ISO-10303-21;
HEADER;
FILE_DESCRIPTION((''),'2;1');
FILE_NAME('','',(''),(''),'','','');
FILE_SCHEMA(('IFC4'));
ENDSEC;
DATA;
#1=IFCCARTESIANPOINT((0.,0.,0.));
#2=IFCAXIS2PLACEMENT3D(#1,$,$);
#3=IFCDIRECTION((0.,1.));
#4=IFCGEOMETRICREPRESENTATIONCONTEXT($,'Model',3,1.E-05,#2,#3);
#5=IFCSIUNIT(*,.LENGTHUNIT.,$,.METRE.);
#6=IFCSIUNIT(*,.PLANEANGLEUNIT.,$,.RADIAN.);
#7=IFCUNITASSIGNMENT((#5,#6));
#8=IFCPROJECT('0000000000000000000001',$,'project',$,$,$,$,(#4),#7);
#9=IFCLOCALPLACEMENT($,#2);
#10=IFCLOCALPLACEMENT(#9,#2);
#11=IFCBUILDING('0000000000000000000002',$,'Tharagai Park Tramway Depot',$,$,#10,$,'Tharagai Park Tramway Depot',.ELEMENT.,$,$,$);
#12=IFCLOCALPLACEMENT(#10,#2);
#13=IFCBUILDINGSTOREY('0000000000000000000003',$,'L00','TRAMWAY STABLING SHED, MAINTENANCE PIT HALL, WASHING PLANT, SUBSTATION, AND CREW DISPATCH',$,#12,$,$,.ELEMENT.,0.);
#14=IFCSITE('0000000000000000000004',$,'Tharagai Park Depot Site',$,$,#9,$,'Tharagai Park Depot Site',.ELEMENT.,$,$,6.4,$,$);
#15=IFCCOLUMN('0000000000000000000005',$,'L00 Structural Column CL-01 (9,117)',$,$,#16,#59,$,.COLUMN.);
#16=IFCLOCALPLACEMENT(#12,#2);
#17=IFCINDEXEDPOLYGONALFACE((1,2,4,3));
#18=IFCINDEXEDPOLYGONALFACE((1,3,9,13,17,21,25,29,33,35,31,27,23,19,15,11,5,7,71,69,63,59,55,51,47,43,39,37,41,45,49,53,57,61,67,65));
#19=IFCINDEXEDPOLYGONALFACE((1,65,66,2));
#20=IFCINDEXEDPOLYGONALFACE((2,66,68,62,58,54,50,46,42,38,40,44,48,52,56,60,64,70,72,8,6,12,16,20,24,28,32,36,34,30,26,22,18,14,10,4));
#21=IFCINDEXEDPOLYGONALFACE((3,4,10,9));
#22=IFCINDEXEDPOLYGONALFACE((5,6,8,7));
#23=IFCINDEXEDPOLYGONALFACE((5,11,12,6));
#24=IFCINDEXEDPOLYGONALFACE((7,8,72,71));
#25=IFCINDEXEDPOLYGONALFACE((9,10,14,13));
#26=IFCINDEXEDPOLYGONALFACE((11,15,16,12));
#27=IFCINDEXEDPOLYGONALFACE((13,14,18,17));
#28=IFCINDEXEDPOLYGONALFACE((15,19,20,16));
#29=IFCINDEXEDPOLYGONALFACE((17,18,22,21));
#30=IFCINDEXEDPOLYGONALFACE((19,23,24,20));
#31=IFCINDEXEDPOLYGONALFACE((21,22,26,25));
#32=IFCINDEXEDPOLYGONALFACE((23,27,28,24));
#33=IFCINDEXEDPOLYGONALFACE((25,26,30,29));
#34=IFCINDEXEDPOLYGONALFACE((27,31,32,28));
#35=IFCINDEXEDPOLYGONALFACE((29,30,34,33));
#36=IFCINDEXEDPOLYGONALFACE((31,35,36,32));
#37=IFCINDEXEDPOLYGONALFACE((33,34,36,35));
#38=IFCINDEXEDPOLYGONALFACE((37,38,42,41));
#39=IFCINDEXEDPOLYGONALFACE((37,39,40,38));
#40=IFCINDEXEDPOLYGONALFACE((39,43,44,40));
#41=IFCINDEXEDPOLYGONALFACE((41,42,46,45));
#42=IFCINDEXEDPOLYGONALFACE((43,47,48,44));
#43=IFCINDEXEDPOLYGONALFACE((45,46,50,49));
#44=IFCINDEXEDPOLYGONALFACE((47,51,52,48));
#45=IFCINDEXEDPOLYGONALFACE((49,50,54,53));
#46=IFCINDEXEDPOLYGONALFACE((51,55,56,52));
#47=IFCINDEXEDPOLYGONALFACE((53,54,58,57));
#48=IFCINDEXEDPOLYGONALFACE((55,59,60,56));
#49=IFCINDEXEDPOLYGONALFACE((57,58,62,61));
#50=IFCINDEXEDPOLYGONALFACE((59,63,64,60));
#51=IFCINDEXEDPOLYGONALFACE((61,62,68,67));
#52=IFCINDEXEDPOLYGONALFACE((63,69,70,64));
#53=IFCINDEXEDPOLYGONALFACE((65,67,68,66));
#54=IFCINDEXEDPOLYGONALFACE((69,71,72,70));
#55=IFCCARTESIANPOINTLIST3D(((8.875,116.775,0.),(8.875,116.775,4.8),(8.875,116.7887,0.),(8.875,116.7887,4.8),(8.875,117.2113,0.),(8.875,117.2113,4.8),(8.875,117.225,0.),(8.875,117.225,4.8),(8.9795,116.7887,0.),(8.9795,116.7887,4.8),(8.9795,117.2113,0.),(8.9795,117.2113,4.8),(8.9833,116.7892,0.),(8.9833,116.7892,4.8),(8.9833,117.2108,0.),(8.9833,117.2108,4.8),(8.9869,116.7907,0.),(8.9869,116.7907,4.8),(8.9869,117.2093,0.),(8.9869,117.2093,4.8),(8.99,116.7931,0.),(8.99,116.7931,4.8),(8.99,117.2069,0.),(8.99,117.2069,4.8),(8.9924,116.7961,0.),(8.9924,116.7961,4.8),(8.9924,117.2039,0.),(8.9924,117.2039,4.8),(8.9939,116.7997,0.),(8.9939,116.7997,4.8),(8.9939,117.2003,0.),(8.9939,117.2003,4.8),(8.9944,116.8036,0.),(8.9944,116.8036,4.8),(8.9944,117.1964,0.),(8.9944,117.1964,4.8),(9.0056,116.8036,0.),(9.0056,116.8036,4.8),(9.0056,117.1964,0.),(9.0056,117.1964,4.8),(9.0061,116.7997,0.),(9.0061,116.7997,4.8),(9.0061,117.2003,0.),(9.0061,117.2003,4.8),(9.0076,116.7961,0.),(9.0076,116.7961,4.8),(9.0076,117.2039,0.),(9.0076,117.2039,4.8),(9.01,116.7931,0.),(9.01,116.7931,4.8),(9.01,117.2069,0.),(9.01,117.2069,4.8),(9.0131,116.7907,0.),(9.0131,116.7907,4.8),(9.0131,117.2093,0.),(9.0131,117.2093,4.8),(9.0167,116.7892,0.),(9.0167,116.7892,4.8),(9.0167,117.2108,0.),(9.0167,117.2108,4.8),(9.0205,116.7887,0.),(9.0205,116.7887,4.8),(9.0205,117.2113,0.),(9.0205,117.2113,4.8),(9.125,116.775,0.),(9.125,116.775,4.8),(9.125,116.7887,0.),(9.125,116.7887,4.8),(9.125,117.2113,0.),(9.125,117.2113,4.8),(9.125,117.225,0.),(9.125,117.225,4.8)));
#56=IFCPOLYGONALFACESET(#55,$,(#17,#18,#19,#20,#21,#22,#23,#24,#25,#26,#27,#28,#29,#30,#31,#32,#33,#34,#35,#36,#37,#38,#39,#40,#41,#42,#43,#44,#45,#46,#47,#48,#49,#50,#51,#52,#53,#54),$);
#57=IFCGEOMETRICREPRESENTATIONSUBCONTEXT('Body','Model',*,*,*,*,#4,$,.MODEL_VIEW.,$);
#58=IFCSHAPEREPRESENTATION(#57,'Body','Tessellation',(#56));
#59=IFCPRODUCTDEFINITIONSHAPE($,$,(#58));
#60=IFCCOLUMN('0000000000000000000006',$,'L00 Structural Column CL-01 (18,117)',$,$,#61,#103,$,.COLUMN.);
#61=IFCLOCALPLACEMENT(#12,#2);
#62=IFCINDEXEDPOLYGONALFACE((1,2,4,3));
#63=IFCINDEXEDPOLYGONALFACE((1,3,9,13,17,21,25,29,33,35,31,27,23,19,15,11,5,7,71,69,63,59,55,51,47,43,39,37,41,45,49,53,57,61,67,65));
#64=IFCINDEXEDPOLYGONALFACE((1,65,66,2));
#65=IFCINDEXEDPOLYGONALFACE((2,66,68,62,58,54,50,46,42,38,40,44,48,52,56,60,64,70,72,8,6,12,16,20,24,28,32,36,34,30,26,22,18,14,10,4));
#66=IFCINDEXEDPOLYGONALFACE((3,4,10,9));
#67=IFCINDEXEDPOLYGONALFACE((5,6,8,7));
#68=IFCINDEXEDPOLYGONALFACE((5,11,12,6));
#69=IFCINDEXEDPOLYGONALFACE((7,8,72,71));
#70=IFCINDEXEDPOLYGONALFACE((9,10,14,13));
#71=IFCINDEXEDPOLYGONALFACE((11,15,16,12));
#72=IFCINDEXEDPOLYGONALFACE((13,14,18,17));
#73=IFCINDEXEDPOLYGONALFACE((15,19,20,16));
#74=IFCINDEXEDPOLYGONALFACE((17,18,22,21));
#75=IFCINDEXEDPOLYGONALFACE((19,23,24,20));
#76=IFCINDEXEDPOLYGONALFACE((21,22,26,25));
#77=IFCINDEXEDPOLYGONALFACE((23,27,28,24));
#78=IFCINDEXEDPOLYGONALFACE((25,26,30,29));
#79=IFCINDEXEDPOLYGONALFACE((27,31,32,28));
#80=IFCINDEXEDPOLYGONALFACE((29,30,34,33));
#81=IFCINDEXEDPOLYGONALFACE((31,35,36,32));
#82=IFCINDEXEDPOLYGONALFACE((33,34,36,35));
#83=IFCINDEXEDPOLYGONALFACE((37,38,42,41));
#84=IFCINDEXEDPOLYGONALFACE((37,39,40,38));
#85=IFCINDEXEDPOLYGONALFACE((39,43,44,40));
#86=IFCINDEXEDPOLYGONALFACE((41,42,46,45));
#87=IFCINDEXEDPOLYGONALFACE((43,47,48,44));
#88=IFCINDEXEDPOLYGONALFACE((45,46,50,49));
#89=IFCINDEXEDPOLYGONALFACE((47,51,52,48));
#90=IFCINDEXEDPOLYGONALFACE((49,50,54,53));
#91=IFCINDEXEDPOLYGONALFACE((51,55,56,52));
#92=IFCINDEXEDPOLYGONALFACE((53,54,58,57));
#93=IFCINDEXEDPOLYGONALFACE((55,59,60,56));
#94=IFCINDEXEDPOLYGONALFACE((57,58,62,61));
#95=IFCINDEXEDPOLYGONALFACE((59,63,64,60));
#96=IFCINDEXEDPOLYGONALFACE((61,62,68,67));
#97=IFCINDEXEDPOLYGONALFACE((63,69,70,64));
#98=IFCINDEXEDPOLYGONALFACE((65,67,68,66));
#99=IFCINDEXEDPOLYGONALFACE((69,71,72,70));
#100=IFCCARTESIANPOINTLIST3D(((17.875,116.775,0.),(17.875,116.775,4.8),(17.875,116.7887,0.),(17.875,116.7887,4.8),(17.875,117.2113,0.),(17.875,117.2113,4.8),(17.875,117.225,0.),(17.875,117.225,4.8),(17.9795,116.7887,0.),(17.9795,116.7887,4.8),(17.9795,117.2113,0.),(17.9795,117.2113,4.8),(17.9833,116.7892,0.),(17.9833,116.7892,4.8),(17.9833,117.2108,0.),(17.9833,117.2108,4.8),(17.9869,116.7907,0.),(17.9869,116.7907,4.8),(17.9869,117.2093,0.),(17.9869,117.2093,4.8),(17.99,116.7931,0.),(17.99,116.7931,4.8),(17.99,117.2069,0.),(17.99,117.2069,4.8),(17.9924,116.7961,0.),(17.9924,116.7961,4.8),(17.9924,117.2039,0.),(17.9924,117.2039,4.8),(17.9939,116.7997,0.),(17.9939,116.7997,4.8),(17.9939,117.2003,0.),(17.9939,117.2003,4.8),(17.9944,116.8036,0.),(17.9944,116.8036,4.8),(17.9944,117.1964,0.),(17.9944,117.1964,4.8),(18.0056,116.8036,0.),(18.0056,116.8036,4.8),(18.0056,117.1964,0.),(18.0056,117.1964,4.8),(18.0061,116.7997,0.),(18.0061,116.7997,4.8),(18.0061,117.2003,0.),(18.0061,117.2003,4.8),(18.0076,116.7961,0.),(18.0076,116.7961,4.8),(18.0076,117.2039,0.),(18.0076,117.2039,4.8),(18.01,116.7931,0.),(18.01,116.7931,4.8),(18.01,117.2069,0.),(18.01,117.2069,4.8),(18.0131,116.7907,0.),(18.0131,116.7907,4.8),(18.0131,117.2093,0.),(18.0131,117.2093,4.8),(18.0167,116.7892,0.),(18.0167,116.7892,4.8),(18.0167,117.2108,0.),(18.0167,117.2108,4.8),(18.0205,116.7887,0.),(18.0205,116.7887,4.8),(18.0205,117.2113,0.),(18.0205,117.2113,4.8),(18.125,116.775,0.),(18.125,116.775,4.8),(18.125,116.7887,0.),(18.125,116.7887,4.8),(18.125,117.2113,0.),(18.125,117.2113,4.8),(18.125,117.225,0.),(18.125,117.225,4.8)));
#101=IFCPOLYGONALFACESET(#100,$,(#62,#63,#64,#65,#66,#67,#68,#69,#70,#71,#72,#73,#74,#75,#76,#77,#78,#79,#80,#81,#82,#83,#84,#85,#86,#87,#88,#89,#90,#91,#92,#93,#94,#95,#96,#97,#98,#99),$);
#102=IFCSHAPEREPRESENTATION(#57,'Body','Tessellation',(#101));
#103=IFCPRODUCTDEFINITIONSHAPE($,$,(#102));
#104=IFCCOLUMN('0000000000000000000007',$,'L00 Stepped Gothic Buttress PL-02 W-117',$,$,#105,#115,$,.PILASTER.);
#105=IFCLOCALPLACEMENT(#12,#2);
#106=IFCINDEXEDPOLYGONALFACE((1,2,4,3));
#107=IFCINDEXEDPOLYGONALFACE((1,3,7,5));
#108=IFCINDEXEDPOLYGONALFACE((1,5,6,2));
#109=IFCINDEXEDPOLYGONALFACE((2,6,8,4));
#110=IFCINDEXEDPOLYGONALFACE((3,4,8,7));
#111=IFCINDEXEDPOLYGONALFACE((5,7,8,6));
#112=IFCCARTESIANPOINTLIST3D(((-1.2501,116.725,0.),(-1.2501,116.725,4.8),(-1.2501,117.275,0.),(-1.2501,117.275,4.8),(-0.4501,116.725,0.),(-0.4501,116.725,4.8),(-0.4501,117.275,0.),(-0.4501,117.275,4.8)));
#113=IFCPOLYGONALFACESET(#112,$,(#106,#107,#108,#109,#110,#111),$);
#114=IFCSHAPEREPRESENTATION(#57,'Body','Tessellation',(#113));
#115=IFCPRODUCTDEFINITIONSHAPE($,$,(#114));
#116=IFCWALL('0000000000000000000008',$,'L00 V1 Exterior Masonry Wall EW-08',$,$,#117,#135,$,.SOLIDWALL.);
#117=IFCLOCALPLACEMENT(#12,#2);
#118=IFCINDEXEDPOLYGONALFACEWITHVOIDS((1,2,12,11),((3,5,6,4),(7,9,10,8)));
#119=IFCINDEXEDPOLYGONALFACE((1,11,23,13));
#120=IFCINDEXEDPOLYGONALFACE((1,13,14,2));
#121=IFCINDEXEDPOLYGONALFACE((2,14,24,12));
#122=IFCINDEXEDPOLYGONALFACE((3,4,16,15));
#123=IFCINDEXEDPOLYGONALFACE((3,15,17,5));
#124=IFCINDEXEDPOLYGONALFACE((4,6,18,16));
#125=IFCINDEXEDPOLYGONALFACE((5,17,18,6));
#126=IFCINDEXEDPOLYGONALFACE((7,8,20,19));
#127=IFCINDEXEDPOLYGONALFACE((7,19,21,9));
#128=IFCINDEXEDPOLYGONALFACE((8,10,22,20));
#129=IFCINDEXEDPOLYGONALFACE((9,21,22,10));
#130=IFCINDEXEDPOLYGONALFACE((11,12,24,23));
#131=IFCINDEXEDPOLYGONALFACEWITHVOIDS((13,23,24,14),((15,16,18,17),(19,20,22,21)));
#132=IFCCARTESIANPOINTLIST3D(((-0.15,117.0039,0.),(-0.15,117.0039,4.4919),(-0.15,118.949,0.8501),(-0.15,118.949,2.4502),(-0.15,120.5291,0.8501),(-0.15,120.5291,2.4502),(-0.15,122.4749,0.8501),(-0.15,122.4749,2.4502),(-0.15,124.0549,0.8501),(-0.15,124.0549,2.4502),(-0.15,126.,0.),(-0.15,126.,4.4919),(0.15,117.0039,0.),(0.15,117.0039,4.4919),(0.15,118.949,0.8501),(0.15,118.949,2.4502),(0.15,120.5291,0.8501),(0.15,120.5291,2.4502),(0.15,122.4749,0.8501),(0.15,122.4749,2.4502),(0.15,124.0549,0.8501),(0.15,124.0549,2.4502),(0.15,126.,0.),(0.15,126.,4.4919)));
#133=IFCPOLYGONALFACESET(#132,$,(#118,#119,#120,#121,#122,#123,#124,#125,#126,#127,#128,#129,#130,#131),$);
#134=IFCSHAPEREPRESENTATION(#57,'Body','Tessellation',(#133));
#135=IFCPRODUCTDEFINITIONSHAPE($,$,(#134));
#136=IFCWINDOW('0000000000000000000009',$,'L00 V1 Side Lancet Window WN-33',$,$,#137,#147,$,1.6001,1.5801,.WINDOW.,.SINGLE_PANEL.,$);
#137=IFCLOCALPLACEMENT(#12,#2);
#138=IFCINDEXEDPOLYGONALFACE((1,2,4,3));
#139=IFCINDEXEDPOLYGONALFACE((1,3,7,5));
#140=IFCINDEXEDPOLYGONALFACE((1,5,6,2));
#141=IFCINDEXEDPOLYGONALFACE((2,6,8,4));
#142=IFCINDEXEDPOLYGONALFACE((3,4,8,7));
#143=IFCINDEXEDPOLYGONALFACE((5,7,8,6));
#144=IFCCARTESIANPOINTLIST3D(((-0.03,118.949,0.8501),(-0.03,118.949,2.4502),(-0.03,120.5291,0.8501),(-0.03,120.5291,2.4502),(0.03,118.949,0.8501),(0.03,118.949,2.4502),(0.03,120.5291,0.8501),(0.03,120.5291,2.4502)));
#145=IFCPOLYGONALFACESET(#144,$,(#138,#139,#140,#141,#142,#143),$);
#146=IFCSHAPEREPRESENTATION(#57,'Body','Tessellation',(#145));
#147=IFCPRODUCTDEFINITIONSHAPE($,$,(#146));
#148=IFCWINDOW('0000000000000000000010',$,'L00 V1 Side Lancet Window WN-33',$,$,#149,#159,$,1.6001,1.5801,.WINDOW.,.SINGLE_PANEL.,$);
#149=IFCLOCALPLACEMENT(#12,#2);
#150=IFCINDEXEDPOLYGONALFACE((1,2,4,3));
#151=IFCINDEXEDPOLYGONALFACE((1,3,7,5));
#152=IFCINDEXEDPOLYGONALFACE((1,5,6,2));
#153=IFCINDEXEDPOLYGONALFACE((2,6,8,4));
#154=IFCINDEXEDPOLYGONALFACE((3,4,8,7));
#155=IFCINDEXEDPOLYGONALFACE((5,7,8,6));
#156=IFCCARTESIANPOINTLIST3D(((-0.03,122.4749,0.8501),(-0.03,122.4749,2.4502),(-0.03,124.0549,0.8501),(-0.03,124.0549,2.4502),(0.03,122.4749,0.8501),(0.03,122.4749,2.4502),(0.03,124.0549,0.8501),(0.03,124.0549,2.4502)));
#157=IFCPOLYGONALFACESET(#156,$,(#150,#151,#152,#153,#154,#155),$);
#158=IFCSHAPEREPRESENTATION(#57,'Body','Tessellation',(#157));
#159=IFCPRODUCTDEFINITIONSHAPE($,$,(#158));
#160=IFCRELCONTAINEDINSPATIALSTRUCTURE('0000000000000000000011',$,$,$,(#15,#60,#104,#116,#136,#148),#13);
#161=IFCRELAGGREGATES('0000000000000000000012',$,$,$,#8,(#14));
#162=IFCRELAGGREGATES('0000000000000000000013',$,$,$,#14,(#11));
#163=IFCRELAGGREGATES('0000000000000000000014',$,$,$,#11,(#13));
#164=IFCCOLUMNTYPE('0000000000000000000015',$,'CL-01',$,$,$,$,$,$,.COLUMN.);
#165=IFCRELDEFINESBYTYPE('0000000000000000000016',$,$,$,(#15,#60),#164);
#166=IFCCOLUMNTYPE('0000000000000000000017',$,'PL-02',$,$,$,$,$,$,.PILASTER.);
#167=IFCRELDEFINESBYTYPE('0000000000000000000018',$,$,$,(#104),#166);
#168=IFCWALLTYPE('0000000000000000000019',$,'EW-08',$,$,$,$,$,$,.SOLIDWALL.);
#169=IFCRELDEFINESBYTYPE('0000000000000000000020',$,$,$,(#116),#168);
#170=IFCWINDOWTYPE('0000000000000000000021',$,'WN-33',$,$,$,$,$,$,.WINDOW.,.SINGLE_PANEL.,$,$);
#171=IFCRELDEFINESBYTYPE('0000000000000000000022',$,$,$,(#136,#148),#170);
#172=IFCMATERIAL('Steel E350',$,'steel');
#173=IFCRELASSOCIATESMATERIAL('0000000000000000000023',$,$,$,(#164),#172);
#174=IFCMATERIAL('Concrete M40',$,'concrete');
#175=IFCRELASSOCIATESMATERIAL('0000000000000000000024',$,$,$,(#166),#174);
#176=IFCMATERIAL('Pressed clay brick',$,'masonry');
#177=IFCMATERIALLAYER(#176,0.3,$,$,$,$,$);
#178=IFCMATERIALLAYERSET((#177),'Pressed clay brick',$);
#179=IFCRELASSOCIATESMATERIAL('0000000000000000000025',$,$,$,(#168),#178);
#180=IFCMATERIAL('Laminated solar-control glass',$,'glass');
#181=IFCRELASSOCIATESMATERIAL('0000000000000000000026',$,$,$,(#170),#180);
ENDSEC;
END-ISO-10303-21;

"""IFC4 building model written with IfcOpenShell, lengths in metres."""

from ifc_helpers import new_model, si_unit, direction, frame, frame_2d, origin, origin_2d, place, context, subcontext, project, spatial, rectangle, i_section, extrude, material, layer, layer_set, material_profile, profile_set, type_object, element, fill, save


model = new_model("IFC4")

# Units and contexts
model_context = context("Model", 3, precision=1e-05, world=origin(), true_north=direction((0.0, 1.0)))
body_context = subcontext(model_context, "Body", "Model", "MODEL_VIEW")
ifc_project = project(units=[si_unit("LENGTHUNIT", "METRE"), si_unit("PLANEANGLEUNIT", "RADIAN")], contexts=[model_context])

# Site, building, storey
site_placement = place(None, origin())
site = spatial("IfcSite", under=ifc_project, at=site_placement, Name="Tharagai Park Depot Site", LongName="Tharagai Park Depot Site", CompositionType="ELEMENT", RefElevation=6.4)
building_placement = place(site_placement, origin())
building = spatial("IfcBuilding", under=site, at=building_placement, Name="Tharagai Park Tramway Depot", LongName="Tharagai Park Tramway Depot", CompositionType="ELEMENT")
storey_placement = place(building_placement, origin())
storey = spatial("IfcBuildingStorey", under=building, at=storey_placement, Name="L00", Description="TRAMWAY STABLING SHED, MAINTENANCE PIT HALL, WASHING PLANT, SUBSTATION, AND CREW DISPATCH", CompositionType="ELEMENT", Elevation=0.0)

# Shared definitions
ifc_material_1 = material(Name="Concrete M40", Category="concrete")

# Columns
ifc_material_2 = material(Name="Steel E350", Category="steel")
ifc_material_profile_1 = material_profile(ifc_material_2, i_section(OverallWidth=0.25, OverallDepth=0.45, WebThickness=0.0112, FlangeThickness=0.0137, FilletRadius=0.0149, at=origin_2d()), Name="ISHB 450")
ifc_profile_set_1 = profile_set([ifc_material_profile_1], Name="Steel E350")
column_type_1 = type_object("IfcColumnType", Name="CL-01", PredefinedType="COLUMN", material=ifc_profile_set_1)
for number, where, z_axis, x_axis, name in (
    (1, (9.0, 117.0, 0.0), (0.0, 0.0, 1.0), (1.0, 0.0, 0.0), "L00 Structural Column CL-01 (9,117)"),
    (2, (18.0, 117.0, 0.0), (0.0, 0.0, 1.0), (1.0, 0.0, 0.0), "L00 Structural Column CL-01 (18,117)"),
):
    element("IfcColumn", number, at=place(storey_placement, frame(where, z_axis=z_axis, x_axis=x_axis)), inside=storey, type_object=column_type_1, Name=name, PredefinedType="COLUMN", context=body_context, shape_type="SweptSolid", body=[
        extrude(i_section(OverallWidth=0.25, OverallDepth=0.45, WebThickness=0.0112, FlangeThickness=0.0137, FilletRadius=0.0149, at=origin_2d()), origin(), (0.0, 0.0, 1.0), 4.8),
    ])
ifc_material_profile_2 = material_profile(ifc_material_1, rectangle(XDim=0.55, YDim=0.8, at=origin_2d()), Name="RC 550x800")
ifc_profile_set_2 = profile_set([ifc_material_profile_2], Name="Concrete M40")
column_type_2 = type_object("IfcColumnType", Name="PL-02", PredefinedType="PILASTER", material=ifc_profile_set_2)
column_placement = place(storey_placement, frame((-0.8501, 117.0, 0.0), z_axis=(0.0, 0.0, 1.0), x_axis=(0.0, 1.0, 0.0)))
element("IfcColumn", 3, at=column_placement, inside=storey, type_object=column_type_2, Name="L00 Stepped Gothic Buttress PL-02 W-117", PredefinedType="PILASTER", context=body_context, shape_type="SweptSolid", body=[
    extrude(rectangle(XDim=0.55, YDim=0.8, at=origin_2d()), origin(), (0.0, 0.0, 1.0), 4.8),
])

# Wall, openings, windows
ifc_material_3 = material(Name="Pressed clay brick", Category="masonry")
ifc_layer_1 = layer(ifc_material_3, 0.3)
ifc_layer_set_1 = layer_set([ifc_layer_1], Name="Pressed clay brick")
wall_type_1 = type_object("IfcWallType", Name="EW-08", PredefinedType="SOLIDWALL", material=ifc_layer_set_1)
wall_1_placement = place(storey_placement, frame((0.0, 117.0039, 0.0), z_axis=(0.0, 0.0, 1.0), x_axis=(0.0, 1.0, 0.0)))
wall_1 = element("IfcWall", 4, at=wall_1_placement, inside=storey, type_object=wall_type_1, Name="L00 V1 Exterior Masonry Wall EW-08", PredefinedType="SOLIDWALL", context=body_context, shape_type="SweptSolid", body=[
    extrude(rectangle(XDim=8.9961, YDim=0.3, at=frame_2d((4.498, 0.0))), origin(), (0.0, 0.0, 1.0), 4.4919),
])
opening_1_placement = place(wall_1_placement, frame((1.9451, 0.0, 0.8501)))
opening_1 = element("IfcOpeningElement", 5, at=opening_1_placement, cuts=wall_1, PredefinedType="OPENING", context=body_context, shape_type="SweptSolid", body=[
    extrude(rectangle(XDim=1.5801, YDim=1.6001, at=frame_2d((0.79, 0.8))), frame((0.0, 0.1599, 0.0), z_axis=(0.0, -1.0, 0.0), x_axis=(1.0, 0.0, 0.0)), (0.0, 0.0, 1.0), 0.3201),
])
opening_2_placement = place(wall_1_placement, frame((5.4709, 0.0, 0.8501)))
opening_2 = element("IfcOpeningElement", 6, at=opening_2_placement, cuts=wall_1, PredefinedType="OPENING", context=body_context, shape_type="SweptSolid", body=[
    extrude(rectangle(XDim=1.5801, YDim=1.6001, at=frame_2d((0.79, 0.8))), frame((0.0, 0.1599, 0.0), z_axis=(0.0, -1.0, 0.0), x_axis=(1.0, 0.0, 0.0)), (0.0, 0.0, 1.0), 0.3201),
])
ifc_material_4 = material(Name="Laminated solar-control glass", Category="glass")
window_type_1 = type_object("IfcWindowType", Name="WN-33", PartitioningType="SINGLE_PANEL", PredefinedType="WINDOW", material=ifc_material_4)
window_1_placement = place(opening_1_placement, origin())
window_1 = element("IfcWindow", 7, at=window_1_placement, inside=storey, type_object=window_type_1, Name="L00 V1 Side Lancet Window WN-33", OverallHeight=1.6001, OverallWidth=1.5801, PartitioningType="SINGLE_PANEL", PredefinedType="WINDOW", context=body_context, shape_type="SweptSolid", body=[
    extrude(rectangle(XDim=1.5801, YDim=1.6001, at=frame_2d((0.79, 0.8))), frame((0.0, 0.03, 0.0), z_axis=(0.0, -1.0, 0.0), x_axis=(1.0, 0.0, 0.0)), (0.0, 0.0, 1.0), 0.0601),
])
fill(opening_1, window_1)
window_2_placement = place(opening_2_placement, origin())
window_2 = element("IfcWindow", 8, at=window_2_placement, inside=storey, type_object=window_type_1, Name="L00 V1 Side Lancet Window WN-33", OverallHeight=1.6001, OverallWidth=1.5801, PartitioningType="SINGLE_PANEL", PredefinedType="WINDOW", context=body_context, shape_type="SweptSolid", body=[
    extrude(rectangle(XDim=1.5801, YDim=1.6001, at=frame_2d((0.79, 0.8))), frame((0.0, 0.03, 0.0), z_axis=(0.0, -1.0, 0.0), x_axis=(1.0, 0.0, 0.0)), (0.0, 0.0, 1.0), 0.0601),
])
fill(opening_2, window_2)

save(model, "model.ifc")
